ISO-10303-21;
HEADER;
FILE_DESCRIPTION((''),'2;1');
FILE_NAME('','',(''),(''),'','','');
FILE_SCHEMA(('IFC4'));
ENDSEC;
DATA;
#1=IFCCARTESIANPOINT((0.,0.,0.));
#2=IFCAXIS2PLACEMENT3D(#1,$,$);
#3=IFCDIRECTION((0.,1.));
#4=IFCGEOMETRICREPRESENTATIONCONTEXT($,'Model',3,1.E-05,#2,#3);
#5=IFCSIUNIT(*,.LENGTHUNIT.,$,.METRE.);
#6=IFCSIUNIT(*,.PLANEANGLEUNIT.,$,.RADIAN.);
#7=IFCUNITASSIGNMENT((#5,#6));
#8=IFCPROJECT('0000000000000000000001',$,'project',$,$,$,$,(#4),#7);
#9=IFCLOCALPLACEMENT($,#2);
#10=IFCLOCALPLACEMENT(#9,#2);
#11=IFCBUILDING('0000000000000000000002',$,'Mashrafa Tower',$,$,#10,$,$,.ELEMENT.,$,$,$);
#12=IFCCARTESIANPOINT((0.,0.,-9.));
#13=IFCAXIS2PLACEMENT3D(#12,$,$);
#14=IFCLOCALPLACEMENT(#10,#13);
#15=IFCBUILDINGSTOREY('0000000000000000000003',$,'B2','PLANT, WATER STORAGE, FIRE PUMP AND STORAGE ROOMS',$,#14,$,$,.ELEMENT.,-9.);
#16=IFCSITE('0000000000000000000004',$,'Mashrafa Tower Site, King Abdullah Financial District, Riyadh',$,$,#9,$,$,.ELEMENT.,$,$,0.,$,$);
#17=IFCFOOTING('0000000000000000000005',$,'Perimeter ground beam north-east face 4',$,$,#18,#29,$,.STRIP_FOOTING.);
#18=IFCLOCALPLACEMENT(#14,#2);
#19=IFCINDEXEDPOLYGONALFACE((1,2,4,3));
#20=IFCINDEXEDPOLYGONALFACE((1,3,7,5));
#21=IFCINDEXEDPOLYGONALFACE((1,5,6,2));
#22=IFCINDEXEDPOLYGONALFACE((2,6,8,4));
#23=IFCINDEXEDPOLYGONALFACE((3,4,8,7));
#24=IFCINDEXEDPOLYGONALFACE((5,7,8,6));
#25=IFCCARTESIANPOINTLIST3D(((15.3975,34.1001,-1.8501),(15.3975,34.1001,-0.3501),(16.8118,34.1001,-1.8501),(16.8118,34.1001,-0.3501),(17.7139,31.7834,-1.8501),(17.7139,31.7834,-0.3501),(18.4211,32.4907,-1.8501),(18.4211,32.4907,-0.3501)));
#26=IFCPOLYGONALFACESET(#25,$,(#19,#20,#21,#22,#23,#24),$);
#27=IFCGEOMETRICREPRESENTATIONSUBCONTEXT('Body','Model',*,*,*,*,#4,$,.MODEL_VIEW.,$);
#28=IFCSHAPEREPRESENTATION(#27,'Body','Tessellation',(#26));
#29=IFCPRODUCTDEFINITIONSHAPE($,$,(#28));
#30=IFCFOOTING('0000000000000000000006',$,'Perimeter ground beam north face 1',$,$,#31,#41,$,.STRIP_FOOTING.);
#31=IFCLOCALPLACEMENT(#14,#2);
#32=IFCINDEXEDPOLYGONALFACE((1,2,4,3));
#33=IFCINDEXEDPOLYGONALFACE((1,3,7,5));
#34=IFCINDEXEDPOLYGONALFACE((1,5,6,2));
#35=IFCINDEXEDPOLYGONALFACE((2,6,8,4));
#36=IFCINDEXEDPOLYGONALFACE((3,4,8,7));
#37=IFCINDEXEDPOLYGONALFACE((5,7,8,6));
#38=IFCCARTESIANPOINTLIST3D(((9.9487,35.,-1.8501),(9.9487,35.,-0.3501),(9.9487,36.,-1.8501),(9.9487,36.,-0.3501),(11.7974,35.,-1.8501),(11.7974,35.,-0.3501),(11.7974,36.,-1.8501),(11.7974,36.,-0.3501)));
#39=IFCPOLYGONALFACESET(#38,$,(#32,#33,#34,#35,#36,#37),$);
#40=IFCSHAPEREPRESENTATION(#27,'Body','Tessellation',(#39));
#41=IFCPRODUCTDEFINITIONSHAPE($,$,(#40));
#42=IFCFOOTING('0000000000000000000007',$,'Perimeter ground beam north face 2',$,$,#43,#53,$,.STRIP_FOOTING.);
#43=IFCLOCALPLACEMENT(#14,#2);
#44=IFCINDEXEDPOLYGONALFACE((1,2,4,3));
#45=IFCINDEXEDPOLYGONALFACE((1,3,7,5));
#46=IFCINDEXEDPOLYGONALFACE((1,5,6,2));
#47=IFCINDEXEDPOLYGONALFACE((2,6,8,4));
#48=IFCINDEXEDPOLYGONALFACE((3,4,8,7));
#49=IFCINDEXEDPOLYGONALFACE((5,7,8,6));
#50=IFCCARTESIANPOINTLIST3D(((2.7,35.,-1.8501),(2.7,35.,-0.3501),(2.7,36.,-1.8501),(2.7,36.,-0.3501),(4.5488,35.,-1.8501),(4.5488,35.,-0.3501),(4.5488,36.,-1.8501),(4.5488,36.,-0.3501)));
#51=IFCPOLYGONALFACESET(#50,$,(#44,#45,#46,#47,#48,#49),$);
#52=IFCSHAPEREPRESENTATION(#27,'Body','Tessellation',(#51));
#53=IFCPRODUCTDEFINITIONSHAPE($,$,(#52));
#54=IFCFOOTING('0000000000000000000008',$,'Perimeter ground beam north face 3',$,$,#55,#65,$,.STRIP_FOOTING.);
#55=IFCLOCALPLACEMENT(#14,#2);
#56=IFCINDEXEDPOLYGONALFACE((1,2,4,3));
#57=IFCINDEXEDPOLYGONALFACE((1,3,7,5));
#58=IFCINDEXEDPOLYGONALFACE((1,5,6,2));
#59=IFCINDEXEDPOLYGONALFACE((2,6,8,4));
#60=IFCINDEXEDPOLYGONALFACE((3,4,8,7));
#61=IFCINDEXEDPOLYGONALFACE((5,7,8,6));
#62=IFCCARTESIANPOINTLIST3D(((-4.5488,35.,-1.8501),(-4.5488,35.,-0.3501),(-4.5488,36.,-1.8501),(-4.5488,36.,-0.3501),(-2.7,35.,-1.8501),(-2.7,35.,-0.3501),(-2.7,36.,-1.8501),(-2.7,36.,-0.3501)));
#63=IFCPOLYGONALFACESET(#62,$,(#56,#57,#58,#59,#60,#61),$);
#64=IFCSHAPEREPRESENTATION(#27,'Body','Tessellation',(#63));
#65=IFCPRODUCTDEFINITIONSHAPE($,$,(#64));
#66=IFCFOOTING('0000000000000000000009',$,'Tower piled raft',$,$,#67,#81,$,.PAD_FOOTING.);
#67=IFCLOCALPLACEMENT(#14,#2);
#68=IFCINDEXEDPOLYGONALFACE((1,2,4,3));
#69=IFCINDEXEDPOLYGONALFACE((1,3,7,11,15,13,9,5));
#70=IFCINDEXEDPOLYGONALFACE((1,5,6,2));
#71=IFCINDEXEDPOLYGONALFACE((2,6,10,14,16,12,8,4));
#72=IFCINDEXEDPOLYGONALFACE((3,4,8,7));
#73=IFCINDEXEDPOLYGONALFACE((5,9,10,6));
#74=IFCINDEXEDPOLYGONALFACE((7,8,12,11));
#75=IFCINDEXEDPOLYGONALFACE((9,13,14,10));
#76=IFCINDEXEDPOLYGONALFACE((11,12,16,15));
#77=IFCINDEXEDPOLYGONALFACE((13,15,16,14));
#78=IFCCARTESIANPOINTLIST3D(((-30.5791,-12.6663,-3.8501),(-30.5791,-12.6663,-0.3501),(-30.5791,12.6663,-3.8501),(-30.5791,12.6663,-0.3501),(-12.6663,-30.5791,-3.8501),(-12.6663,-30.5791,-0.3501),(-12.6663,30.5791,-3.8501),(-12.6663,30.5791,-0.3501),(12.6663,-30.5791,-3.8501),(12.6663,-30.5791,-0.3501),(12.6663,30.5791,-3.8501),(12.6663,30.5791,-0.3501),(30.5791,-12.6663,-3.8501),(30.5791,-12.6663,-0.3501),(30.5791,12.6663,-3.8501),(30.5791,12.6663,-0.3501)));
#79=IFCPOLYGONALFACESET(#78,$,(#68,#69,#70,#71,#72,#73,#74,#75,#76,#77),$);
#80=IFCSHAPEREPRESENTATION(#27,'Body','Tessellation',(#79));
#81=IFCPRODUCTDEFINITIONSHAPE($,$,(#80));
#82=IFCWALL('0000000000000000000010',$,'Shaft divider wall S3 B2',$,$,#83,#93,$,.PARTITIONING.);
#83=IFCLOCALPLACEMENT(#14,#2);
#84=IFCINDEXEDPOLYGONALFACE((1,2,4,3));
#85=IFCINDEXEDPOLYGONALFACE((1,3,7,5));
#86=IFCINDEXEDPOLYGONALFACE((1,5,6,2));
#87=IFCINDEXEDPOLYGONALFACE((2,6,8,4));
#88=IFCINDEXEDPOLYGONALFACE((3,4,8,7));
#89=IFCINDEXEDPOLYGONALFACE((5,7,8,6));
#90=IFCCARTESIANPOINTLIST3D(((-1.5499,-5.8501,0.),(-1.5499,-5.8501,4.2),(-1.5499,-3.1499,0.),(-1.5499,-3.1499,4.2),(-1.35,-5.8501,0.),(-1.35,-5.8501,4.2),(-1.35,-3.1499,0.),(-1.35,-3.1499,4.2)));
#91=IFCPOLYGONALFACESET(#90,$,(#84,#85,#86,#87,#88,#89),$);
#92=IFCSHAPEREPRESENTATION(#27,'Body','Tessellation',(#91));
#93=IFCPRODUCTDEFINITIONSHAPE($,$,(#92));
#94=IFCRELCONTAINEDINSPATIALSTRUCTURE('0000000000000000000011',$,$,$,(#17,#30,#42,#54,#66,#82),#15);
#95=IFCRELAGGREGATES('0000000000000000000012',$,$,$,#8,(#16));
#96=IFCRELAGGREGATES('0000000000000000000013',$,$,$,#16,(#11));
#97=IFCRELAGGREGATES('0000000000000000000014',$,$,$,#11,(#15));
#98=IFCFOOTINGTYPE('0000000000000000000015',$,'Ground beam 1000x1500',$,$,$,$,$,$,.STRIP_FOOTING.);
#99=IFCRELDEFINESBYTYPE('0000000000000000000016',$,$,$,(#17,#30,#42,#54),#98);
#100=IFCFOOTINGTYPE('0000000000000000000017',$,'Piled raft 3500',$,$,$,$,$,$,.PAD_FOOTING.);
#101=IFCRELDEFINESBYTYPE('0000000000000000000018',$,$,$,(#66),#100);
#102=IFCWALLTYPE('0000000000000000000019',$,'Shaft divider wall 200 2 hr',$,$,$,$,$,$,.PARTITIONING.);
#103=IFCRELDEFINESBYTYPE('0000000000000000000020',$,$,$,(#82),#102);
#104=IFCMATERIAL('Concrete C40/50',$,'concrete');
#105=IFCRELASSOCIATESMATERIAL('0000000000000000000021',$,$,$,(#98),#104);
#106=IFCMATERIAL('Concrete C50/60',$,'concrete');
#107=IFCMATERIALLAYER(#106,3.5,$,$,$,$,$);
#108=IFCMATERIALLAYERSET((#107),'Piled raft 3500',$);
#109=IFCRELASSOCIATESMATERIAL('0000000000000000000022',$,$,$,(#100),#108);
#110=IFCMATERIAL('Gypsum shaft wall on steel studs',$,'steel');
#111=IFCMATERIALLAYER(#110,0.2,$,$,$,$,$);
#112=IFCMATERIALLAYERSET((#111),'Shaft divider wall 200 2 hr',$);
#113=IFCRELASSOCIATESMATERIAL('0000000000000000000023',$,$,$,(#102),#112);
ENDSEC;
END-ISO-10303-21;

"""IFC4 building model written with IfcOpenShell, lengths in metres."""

from ifc_helpers import new_model, si_unit, direction, frame, frame_2d, origin, place, context, subcontext, project, spatial, polyline, rectangle, outline, extrude, material, layer, layer_set, type_object, element, save


model = new_model("IFC4")

# Units and contexts
model_context = context("Model", 3, precision=1e-05, world=origin(), true_north=direction((0.0, 1.0)))
body_context = subcontext(model_context, "Body", "Model", "MODEL_VIEW")
ifc_project = project(units=[si_unit("LENGTHUNIT", "METRE"), si_unit("PLANEANGLEUNIT", "RADIAN")], contexts=[model_context])

# Site, building, storey
site_placement = place(None, origin())
site = spatial("IfcSite", under=ifc_project, at=site_placement, Name="Mashrafa Tower Site, King Abdullah Financial District, Riyadh", CompositionType="ELEMENT", RefElevation=0.0)
building_placement = place(site_placement, origin())
building = spatial("IfcBuilding", under=site, at=building_placement, Name="Mashrafa Tower", CompositionType="ELEMENT")
storey_placement = place(building_placement, frame((0.0, 0.0, -9.0)))
storey = spatial("IfcBuildingStorey", under=building, at=storey_placement, Name="B2", Description="PLANT, WATER STORAGE, FIRE PUMP AND STORAGE ROOMS", CompositionType="ELEMENT", Elevation=-9.0)

# Footings
ifc_material_1 = material(Name="Concrete C40/50", Category="concrete")
footing_type_1 = type_object("IfcFootingType", Name="Ground beam 1000x1500", PredefinedType="STRIP_FOOTING", material=ifc_material_1)
footing_1_placement = place(storey_placement, frame((0.0, 0.0, -1.8501)))
element("IfcFooting", 1, at=footing_1_placement, inside=storey, type_object=footing_type_1, Name="Perimeter ground beam north-east face 4", PredefinedType="STRIP_FOOTING", context=body_context, shape_type="SweptSolid", body=[
    extrude(outline(polyline([(15.3975, 34.1001), (16.8118, 34.1001), (18.4211, 32.4907), (17.7139, 31.7834), (15.3975, 34.1001)])), origin(), (0.0, 0.0, 1.0), 1.5),
])
footing_2_placement = place(storey_placement, frame((0.0, 0.0, -1.8501)))
element("IfcFooting", 2, at=footing_2_placement, inside=storey, type_object=footing_type_1, Name="Perimeter ground beam north face 1", PredefinedType="STRIP_FOOTING", context=body_context, shape_type="SweptSolid", body=[
    extrude(outline(polyline([(9.9487, 35.0), (9.9487, 36.0), (11.7974, 36.0), (11.7974, 35.0), (9.9487, 35.0)])), origin(), (0.0, 0.0, 1.0), 1.5),
])
footing_3_placement = place(storey_placement, frame((0.0, 0.0, -1.8501)))
element("IfcFooting", 3, at=footing_3_placement, inside=storey, type_object=footing_type_1, Name="Perimeter ground beam north face 2", PredefinedType="STRIP_FOOTING", context=body_context, shape_type="SweptSolid", body=[
    extrude(outline(polyline([(2.7, 35.0), (2.7, 36.0), (4.5488, 36.0), (4.5488, 35.0), (2.7, 35.0)])), origin(), (0.0, 0.0, 1.0), 1.5),
])
footing_4_placement = place(storey_placement, frame((0.0, 0.0, -1.8501)))
element("IfcFooting", 4, at=footing_4_placement, inside=storey, type_object=footing_type_1, Name="Perimeter ground beam north face 3", PredefinedType="STRIP_FOOTING", context=body_context, shape_type="SweptSolid", body=[
    extrude(outline(polyline([(-4.5488, 35.0), (-4.5488, 36.0), (-2.7, 36.0), (-2.7, 35.0), (-4.5488, 35.0)])), origin(), (0.0, 0.0, 1.0), 1.5),
])
ifc_material_2 = material(Name="Concrete C50/60", Category="concrete")
ifc_layer_1 = layer(ifc_material_2, 3.5)
ifc_layer_set_1 = layer_set([ifc_layer_1], Name="Piled raft 3500")
footing_type_2 = type_object("IfcFootingType", Name="Piled raft 3500", PredefinedType="PAD_FOOTING", material=ifc_layer_set_1)
footing_5_placement = place(storey_placement, frame((0.0, 0.0, -3.8501)))
element("IfcFooting", 5, at=footing_5_placement, inside=storey, type_object=footing_type_2, Name="Tower piled raft", PredefinedType="PAD_FOOTING", context=body_context, shape_type="SweptSolid", body=[
    extrude(outline(polyline([(30.5791, -12.6663), (30.5791, 12.6663), (12.6663, 30.5791), (-12.6663, 30.5791), (-30.5791, 12.6663), (-30.5791, -12.6663), (-12.6663, -30.5791), (12.6663, -30.5791), (30.5791, -12.6663)])), origin(), (0.0, 0.0, 1.0), 3.5),
])

# Wall
ifc_material_3 = material(Name="Gypsum shaft wall on steel studs", Category="steel")
ifc_layer_2 = layer(ifc_material_3, 0.2)
ifc_layer_set_2 = layer_set([ifc_layer_2], Name="Shaft divider wall 200 2 hr")
wall_type = type_object("IfcWallType", Name="Shaft divider wall 200 2 hr", PredefinedType="PARTITIONING", material=ifc_layer_set_2)
wall_placement = place(storey_placement, frame((-1.45, -5.8501, 0.0), z_axis=(0.0, 0.0, 1.0), x_axis=(0.0, 1.0, 0.0)))
element("IfcWall", 6, at=wall_placement, inside=storey, type_object=wall_type, Name="Shaft divider wall S3 B2", PredefinedType="PARTITIONING", context=body_context, shape_type="SweptSolid", body=[
    extrude(rectangle(XDim=2.7002, YDim=0.2, at=frame_2d((1.3501, 0.0))), origin(), (0.0, 0.0, 1.0), 4.2),
])

save(model, "model.ifc")
